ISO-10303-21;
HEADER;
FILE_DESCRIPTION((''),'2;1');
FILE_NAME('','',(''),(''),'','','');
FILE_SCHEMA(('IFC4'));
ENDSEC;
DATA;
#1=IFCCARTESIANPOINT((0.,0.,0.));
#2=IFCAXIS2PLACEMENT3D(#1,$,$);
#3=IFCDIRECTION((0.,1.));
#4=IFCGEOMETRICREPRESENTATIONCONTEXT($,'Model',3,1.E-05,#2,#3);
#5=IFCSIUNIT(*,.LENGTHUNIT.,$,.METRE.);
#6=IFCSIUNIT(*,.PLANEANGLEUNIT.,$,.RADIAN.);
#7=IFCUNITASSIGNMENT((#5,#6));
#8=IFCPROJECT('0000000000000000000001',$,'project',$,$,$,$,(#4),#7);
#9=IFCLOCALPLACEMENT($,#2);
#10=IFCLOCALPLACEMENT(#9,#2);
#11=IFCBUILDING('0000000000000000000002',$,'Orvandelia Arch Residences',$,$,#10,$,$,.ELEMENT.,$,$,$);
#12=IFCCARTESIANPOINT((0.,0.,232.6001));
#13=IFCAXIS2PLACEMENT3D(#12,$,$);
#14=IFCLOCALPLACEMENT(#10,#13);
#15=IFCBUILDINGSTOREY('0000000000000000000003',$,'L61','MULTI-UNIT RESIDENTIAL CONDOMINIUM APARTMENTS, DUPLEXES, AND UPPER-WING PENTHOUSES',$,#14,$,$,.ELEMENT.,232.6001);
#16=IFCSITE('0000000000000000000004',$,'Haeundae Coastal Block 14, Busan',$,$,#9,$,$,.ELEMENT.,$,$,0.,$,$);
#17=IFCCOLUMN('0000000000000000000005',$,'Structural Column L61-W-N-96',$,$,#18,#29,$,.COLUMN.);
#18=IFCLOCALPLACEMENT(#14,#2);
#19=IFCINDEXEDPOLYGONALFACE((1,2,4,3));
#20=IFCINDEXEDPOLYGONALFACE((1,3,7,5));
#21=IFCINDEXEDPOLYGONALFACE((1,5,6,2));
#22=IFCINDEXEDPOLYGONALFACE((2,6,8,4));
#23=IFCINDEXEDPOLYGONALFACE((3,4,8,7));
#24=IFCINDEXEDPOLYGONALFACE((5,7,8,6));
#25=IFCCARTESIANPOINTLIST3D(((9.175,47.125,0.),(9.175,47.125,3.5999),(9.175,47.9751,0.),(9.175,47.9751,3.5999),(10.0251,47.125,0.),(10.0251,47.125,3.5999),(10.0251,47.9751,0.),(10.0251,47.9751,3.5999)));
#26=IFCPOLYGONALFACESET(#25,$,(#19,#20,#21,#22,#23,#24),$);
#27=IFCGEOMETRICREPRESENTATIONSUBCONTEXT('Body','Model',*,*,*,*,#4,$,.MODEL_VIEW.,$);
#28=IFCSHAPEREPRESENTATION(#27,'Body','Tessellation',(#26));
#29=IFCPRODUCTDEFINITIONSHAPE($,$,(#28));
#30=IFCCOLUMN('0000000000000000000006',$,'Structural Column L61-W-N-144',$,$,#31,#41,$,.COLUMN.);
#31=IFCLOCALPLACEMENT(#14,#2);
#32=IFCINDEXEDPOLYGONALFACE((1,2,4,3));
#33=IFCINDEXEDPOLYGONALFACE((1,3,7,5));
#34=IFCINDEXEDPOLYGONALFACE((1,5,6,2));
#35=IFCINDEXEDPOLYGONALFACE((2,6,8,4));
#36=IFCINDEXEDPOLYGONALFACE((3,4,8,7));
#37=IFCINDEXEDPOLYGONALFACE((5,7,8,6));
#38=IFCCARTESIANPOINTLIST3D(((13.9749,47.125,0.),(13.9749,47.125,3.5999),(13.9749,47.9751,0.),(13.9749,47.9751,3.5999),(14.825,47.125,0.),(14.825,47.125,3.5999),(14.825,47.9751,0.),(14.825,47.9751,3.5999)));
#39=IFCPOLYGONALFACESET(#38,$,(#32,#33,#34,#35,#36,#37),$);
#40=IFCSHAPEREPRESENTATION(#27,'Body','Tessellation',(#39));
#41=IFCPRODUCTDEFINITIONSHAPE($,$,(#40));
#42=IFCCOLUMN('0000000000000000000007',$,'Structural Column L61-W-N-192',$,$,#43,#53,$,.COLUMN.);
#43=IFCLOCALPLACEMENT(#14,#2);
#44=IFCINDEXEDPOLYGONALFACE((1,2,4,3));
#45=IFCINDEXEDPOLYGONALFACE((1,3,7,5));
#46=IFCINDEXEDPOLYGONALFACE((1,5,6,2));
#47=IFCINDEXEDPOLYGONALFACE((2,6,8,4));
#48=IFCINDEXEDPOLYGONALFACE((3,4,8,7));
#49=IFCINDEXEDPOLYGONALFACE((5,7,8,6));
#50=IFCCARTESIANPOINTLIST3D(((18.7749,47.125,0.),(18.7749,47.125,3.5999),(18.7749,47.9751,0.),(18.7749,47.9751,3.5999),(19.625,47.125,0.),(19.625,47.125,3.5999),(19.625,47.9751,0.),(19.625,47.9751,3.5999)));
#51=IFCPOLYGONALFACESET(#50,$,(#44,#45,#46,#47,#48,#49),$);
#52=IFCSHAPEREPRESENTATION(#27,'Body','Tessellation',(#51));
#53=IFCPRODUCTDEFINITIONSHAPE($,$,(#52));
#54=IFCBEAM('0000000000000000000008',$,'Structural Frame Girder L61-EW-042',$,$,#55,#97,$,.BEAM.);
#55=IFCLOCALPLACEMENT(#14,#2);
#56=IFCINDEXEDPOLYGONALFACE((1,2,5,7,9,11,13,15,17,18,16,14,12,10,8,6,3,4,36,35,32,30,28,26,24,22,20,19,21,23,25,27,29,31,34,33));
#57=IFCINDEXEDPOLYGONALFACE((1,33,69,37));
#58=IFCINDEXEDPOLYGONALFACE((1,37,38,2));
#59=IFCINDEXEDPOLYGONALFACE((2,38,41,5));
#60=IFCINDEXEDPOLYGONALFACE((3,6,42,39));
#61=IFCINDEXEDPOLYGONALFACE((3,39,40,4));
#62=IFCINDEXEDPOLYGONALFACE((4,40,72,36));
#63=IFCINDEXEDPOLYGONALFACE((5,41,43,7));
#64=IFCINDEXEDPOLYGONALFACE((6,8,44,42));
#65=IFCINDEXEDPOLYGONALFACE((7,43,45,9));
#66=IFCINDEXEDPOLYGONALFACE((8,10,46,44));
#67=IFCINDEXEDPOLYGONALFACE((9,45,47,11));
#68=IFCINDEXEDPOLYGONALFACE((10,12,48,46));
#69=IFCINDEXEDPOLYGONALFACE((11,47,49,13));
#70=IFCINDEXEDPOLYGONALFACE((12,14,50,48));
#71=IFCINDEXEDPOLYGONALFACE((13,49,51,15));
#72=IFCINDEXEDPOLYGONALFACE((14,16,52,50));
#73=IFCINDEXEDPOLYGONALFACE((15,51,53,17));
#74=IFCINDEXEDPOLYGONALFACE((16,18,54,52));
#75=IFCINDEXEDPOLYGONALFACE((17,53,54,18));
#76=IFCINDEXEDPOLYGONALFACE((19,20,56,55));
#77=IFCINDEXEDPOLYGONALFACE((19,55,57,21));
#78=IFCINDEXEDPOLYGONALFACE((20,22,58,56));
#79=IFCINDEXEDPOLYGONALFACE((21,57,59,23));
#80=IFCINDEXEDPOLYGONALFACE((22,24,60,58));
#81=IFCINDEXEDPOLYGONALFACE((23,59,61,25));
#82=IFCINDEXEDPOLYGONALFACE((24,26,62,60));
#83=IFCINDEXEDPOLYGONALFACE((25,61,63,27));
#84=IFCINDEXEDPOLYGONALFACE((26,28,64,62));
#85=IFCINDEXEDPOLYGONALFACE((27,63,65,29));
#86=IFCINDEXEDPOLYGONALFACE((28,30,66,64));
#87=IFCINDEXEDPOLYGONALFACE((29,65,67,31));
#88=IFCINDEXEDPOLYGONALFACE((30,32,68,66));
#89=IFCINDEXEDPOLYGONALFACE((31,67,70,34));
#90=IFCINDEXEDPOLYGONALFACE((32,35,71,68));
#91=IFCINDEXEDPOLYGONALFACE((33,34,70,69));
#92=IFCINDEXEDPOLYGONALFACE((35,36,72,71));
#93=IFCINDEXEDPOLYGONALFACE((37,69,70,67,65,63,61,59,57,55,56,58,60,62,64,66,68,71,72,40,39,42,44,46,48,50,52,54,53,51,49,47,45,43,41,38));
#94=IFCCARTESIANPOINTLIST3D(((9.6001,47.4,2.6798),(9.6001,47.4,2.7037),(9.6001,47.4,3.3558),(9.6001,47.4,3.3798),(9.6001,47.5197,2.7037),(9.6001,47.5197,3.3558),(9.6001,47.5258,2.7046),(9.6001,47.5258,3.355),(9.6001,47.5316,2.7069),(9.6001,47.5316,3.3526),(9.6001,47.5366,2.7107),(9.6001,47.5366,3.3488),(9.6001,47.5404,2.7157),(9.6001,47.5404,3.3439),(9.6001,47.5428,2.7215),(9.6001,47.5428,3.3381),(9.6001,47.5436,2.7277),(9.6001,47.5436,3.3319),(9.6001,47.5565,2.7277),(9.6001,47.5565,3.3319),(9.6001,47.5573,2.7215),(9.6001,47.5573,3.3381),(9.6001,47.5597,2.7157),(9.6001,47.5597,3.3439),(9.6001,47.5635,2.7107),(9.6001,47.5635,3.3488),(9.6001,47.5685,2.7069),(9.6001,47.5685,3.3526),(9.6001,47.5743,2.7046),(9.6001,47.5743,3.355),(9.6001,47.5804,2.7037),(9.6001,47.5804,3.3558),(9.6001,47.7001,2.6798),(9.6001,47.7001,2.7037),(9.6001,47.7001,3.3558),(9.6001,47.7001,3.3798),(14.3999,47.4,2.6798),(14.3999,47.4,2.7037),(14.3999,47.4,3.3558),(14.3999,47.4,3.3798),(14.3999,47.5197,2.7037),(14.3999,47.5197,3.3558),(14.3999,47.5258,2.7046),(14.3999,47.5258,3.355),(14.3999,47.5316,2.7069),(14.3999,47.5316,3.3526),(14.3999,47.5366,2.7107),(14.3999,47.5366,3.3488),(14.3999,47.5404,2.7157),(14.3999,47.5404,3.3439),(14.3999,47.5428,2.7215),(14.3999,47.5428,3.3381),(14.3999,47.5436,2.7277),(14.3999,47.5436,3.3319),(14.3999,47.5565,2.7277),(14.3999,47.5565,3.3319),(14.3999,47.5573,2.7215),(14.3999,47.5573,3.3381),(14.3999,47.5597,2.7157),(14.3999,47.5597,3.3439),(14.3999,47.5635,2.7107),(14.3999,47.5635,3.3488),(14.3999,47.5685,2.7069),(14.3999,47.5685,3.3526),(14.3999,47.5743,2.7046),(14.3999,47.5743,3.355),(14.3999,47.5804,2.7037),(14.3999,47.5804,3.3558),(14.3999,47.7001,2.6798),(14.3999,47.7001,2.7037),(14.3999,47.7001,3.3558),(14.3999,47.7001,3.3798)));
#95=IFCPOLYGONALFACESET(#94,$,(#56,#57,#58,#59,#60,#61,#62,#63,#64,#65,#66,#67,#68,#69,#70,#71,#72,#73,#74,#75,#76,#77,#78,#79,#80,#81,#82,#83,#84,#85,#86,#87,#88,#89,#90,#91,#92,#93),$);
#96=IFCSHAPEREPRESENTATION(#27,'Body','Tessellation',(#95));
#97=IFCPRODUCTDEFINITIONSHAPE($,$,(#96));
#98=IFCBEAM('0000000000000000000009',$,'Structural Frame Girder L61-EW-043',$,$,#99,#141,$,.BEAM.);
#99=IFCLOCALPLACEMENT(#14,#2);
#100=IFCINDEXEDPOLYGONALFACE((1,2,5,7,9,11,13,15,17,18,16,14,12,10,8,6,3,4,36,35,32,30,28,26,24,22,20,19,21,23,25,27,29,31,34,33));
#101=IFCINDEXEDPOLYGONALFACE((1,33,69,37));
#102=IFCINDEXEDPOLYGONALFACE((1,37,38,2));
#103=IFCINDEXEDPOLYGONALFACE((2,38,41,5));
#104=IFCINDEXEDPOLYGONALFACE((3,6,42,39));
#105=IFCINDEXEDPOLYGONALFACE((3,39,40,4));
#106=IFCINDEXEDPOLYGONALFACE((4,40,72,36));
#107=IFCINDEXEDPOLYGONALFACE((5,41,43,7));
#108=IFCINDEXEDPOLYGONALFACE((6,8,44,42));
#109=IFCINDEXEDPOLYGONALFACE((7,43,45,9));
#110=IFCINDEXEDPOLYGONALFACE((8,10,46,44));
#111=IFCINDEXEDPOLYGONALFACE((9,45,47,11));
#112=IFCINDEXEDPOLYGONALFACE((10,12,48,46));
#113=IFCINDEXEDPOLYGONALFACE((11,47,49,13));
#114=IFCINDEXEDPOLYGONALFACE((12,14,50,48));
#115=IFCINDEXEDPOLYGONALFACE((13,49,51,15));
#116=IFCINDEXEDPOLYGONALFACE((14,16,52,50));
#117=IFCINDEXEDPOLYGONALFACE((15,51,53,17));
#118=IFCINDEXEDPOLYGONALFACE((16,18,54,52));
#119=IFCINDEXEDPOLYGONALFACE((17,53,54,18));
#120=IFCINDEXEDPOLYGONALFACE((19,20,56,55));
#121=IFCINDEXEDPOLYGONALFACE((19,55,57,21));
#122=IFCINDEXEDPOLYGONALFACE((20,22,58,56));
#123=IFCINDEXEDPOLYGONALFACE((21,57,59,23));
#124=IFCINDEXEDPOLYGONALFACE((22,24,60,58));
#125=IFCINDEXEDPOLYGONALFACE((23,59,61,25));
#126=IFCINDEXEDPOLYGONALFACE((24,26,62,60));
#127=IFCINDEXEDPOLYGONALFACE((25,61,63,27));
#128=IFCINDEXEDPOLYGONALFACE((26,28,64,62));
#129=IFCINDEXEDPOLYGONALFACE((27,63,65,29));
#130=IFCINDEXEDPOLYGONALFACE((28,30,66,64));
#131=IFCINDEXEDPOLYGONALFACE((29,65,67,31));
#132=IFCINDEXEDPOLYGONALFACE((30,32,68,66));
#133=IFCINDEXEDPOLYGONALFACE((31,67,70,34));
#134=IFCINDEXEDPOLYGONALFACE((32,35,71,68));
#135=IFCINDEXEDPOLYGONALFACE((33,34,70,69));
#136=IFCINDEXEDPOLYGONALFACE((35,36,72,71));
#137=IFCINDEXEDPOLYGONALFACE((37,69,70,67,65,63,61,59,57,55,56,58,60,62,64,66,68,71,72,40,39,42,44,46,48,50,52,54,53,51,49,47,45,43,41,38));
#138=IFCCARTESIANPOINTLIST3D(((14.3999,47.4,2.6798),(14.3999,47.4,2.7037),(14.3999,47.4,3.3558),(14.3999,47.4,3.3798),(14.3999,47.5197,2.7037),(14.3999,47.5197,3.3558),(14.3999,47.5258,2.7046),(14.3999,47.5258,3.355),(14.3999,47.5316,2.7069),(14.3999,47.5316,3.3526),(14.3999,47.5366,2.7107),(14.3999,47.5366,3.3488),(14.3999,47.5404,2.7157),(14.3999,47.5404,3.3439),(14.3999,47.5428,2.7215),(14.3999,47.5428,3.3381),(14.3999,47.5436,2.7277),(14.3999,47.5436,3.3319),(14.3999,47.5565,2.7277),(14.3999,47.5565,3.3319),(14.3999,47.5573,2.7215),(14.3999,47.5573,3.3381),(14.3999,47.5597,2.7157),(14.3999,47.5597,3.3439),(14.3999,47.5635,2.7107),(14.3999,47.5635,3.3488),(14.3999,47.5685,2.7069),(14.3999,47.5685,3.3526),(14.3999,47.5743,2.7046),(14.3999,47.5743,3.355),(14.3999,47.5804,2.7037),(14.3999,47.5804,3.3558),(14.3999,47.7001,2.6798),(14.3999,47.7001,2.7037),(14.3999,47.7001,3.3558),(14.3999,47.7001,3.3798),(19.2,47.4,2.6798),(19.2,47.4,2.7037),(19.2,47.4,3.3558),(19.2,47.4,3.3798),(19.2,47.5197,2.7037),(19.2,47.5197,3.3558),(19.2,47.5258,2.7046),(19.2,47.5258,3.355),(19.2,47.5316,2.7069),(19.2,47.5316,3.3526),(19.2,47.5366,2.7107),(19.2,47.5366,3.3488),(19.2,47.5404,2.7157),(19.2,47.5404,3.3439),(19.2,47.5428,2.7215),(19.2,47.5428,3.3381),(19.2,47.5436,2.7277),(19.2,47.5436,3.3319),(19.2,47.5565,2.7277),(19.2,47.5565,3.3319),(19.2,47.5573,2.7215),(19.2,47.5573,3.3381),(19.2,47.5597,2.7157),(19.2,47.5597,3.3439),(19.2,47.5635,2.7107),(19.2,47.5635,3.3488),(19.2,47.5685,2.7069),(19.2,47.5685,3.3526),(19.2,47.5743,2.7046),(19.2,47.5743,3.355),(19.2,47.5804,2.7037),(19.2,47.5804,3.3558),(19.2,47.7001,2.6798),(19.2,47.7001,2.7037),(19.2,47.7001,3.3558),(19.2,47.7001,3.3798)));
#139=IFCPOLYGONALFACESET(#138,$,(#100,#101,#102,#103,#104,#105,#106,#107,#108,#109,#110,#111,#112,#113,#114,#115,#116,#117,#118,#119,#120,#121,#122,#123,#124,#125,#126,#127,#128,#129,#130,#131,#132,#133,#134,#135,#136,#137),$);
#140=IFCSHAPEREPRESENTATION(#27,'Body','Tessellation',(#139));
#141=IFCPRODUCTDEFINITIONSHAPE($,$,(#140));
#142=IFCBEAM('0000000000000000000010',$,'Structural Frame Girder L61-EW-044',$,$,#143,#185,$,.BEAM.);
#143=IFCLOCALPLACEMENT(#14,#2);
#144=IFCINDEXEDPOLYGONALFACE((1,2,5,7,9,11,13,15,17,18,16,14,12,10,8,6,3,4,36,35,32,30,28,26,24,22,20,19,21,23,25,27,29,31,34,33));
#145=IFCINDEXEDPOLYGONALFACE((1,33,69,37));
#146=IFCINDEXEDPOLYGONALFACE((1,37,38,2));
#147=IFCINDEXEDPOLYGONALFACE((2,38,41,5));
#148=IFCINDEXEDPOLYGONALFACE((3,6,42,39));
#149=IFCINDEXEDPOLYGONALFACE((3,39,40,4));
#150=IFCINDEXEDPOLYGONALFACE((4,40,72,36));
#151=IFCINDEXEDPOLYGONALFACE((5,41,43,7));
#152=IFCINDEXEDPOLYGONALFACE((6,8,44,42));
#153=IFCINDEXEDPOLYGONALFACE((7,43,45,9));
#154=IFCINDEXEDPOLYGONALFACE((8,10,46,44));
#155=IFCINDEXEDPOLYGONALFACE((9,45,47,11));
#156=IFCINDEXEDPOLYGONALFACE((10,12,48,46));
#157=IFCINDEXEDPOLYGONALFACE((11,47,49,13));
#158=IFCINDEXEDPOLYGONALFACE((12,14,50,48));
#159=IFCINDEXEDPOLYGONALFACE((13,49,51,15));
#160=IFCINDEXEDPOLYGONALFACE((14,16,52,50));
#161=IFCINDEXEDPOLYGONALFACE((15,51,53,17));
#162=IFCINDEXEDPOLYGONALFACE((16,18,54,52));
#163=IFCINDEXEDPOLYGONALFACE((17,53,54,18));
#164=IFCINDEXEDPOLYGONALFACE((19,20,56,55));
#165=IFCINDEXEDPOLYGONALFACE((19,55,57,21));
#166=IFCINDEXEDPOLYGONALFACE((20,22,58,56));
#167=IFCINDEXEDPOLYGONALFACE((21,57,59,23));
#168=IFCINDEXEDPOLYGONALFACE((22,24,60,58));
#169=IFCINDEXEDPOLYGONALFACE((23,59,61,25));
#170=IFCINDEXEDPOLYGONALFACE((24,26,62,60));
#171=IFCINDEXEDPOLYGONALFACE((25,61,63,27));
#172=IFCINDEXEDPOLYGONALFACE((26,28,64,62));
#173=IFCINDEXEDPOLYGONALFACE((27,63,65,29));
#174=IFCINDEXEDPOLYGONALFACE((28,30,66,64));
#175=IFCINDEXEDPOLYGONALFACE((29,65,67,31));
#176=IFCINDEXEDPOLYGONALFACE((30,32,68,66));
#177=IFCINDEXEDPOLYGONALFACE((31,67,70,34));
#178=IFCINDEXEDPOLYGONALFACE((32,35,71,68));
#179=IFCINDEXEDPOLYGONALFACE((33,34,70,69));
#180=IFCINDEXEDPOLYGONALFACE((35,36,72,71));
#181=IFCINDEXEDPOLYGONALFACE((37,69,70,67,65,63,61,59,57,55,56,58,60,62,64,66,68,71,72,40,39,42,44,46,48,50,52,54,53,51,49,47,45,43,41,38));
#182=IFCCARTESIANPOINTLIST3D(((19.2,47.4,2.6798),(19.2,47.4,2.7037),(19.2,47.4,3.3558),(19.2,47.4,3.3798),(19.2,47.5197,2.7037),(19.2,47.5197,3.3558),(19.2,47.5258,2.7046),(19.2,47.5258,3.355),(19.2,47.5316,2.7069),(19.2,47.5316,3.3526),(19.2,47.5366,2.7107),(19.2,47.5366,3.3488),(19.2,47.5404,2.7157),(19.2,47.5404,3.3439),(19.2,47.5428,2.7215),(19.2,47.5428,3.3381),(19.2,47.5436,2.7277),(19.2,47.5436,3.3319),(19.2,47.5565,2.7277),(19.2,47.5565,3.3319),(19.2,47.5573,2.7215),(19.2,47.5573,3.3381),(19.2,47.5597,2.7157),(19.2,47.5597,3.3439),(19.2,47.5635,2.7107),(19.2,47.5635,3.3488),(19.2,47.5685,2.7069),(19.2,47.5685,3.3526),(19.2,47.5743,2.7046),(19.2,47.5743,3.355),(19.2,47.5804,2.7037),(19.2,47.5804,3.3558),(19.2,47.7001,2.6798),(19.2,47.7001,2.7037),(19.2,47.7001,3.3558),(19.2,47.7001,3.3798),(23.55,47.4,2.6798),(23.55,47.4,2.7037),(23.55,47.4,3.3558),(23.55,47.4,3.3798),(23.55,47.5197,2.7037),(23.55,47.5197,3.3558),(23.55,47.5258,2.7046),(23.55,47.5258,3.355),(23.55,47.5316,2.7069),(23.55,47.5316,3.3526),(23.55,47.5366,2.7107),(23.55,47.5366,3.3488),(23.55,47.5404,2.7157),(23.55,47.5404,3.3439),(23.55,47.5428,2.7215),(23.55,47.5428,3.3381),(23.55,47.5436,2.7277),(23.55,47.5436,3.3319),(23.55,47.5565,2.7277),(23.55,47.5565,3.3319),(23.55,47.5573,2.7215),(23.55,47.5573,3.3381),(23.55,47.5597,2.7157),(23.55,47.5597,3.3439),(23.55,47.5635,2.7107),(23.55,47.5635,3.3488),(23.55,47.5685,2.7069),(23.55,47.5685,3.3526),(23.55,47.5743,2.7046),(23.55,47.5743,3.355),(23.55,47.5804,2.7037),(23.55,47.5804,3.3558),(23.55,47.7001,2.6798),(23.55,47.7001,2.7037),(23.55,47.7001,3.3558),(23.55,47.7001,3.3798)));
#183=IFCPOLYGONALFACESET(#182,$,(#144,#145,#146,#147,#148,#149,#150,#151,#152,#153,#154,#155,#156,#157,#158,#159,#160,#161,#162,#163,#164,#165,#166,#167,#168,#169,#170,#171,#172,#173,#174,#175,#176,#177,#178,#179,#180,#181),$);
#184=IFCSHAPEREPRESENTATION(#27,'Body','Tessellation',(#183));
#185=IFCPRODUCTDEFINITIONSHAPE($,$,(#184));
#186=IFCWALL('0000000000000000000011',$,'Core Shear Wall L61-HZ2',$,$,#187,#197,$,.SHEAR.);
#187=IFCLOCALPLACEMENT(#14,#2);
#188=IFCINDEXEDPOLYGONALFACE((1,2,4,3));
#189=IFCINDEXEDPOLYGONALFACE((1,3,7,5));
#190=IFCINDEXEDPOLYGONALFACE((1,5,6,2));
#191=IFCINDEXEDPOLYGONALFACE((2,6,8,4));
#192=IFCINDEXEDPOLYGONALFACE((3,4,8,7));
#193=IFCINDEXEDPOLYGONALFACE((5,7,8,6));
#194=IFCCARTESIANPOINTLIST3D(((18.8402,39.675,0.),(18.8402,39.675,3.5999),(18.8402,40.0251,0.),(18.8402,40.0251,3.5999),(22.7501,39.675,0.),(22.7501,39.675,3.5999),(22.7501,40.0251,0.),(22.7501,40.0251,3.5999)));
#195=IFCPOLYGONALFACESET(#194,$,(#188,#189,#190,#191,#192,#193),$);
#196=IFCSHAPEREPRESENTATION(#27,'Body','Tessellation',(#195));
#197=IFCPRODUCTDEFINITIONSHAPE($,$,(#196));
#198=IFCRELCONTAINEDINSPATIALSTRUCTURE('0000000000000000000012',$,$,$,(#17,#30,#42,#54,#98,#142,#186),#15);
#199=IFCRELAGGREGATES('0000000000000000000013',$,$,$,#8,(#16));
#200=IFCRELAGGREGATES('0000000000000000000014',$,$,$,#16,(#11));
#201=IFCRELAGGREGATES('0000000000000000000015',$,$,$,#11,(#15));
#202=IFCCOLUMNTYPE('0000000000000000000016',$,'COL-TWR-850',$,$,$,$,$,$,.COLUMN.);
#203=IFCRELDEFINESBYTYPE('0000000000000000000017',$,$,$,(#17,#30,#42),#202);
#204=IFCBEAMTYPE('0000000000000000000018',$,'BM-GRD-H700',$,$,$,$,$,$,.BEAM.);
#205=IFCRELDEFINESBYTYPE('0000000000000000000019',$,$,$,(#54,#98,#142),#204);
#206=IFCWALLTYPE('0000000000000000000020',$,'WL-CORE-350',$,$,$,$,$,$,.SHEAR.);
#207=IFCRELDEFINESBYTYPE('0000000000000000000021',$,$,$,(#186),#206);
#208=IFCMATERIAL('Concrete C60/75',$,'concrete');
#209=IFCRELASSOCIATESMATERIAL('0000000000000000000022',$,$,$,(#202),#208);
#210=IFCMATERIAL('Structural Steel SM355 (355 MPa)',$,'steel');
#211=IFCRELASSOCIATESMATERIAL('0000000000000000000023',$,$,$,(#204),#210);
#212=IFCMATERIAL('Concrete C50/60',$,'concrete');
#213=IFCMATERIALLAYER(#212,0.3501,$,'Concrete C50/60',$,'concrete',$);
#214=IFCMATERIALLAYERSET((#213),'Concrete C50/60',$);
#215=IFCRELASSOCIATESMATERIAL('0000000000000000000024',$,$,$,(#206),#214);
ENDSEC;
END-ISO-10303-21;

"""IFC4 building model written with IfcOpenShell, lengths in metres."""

from ifc_helpers import new_model, si_unit, direction, frame, frame_2d, origin, origin_2d, place, context, subcontext, project, spatial, rectangle, i_section, extrude, material, layer, layer_set, material_profile, profile_set, type_object, element, save


model = new_model("IFC4")

# Units and contexts
model_context = context("Model", 3, precision=1e-05, world=origin(), true_north=direction((0.0, 1.0)))
body_context = subcontext(model_context, "Body", "Model", "MODEL_VIEW")
ifc_project = project(units=[si_unit("LENGTHUNIT", "METRE"), si_unit("PLANEANGLEUNIT", "RADIAN")], contexts=[model_context])

# Site, building, storey
site_placement = place(None, origin())
site = spatial("IfcSite", under=ifc_project, at=site_placement, Name="Haeundae Coastal Block 14, Busan", CompositionType="ELEMENT", RefElevation=0.0)
building_placement = place(site_placement, origin())
building = spatial("IfcBuilding", under=site, at=building_placement, Name="Orvandelia Arch Residences", CompositionType="ELEMENT")
storey_placement = place(building_placement, frame((0.0, 0.0, 232.6001)))
storey = spatial("IfcBuildingStorey", under=building, at=storey_placement, Name="L61", Description="MULTI-UNIT RESIDENTIAL CONDOMINIUM APARTMENTS, DUPLEXES, AND UPPER-WING PENTHOUSES", CompositionType="ELEMENT", Elevation=232.6001)

# Columns
ifc_material_1 = material(Name="Concrete C60/75", Category="concrete")
ifc_material_profile_1 = material_profile(ifc_material_1, rectangle(XDim=0.8501, YDim=0.8501, at=origin_2d()), Name="Concrete C60/75", Category="concrete")
ifc_profile_set_1 = profile_set([ifc_material_profile_1], Name="Concrete C60/75")
column_type = type_object("IfcColumnType", Name="COL-TWR-850", PredefinedType="COLUMN", material=ifc_profile_set_1)
for number, where, z_axis, x_axis, name in (
    (1, (9.6001, 47.55, 0.0), (0.0, 0.0, 1.0), (1.0, 0.0, 0.0), "Structural Column L61-W-N-96"),
    (2, (14.3999, 47.55, 0.0), (0.0, 0.0, 1.0), (1.0, 0.0, 0.0), "Structural Column L61-W-N-144"),
    (3, (19.2, 47.55, 0.0), (0.0, 0.0, 1.0), (1.0, 0.0, 0.0), "Structural Column L61-W-N-192"),
):
    element("IfcColumn", number, at=place(storey_placement, frame(where, z_axis=z_axis, x_axis=x_axis)), inside=storey, type_object=column_type, Name=name, PredefinedType="COLUMN", context=body_context, shape_type="SweptSolid", body=[
        extrude(rectangle(XDim=0.8501, YDim=0.8501, at=origin_2d()), origin(), (0.0, 0.0, 1.0), 3.5999),
    ])

# Beams
ifc_material_2 = material(Name="Structural Steel SM355 (355 MPa)", Category="steel")
ifc_material_profile_2 = material_profile(ifc_material_2, i_section(OverallWidth=0.3, OverallDepth=0.7, WebThickness=0.0129, FlangeThickness=0.0239, FilletRadius=0.0239, at=origin_2d()), Name="Structural Steel SM355 (355 MPa)", Category="steel")
ifc_profile_set_2 = profile_set([ifc_material_profile_2], Name="Structural Steel SM355 (355 MPa)")
beam_type = type_object("IfcBeamType", Name="BM-GRD-H700", PredefinedType="BEAM", material=ifc_profile_set_2)
beam_1_placement = place(storey_placement, frame((9.6001, 47.55, 3.0298), z_axis=(1.0, 0.0, 0.0), x_axis=(0.0, 1.0, 0.0)))
element("IfcBeam", 4, at=beam_1_placement, inside=storey, type_object=beam_type, Name="Structural Frame Girder L61-EW-042", PredefinedType="BEAM", context=body_context, shape_type="SweptSolid", body=[
    extrude(i_section(OverallWidth=0.3, OverallDepth=0.7, WebThickness=0.0129, FlangeThickness=0.0239, FilletRadius=0.0239, at=origin_2d()), origin(), (0.0, 0.0, 1.0), 4.7998),
])
beam_2_placement = place(storey_placement, frame((14.3999, 47.55, 3.0298), z_axis=(1.0, 0.0, 0.0), x_axis=(0.0, 1.0, 0.0)))
element("IfcBeam", 5, at=beam_2_placement, inside=storey, type_object=beam_type, Name="Structural Frame Girder L61-EW-043", PredefinedType="BEAM", context=body_context, shape_type="SweptSolid", body=[
    extrude(i_section(OverallWidth=0.3, OverallDepth=0.7, WebThickness=0.0129, FlangeThickness=0.0239, FilletRadius=0.0239, at=origin_2d()), origin(), (0.0, 0.0, 1.0), 4.8),
])
beam_3_placement = place(storey_placement, frame((19.2, 47.55, 3.0298), z_axis=(1.0, 0.0, 0.0), x_axis=(0.0, 1.0, 0.0)))
element("IfcBeam", 6, at=beam_3_placement, inside=storey, type_object=beam_type, Name="Structural Frame Girder L61-EW-044", PredefinedType="BEAM", context=body_context, shape_type="SweptSolid", body=[
    extrude(i_section(OverallWidth=0.3, OverallDepth=0.7, WebThickness=0.0129, FlangeThickness=0.0239, FilletRadius=0.0239, at=origin_2d()), origin(), (0.0, 0.0, 1.0), 4.3501),
])

# Wall
ifc_material_3 = material(Name="Concrete C50/60", Category="concrete")
ifc_layer_1 = layer(ifc_material_3, 0.3501, Name="Concrete C50/60", Category="concrete")
ifc_layer_set_1 = layer_set([ifc_layer_1], Name="Concrete C50/60")
wall_type_1 = type_object("IfcWallType", Name="WL-CORE-350", PredefinedType="SHEAR", material=ifc_layer_set_1)
wall_1_placement = place(storey_placement, frame((18.8401, 39.8501, 0.0), z_axis=(0.0, 0.0, 1.0), x_axis=(1.0, 0.0, 0.0)))
element("IfcWall", 7, at=wall_1_placement, inside=storey, type_object=wall_type_1, Name="Core Shear Wall L61-HZ2", PredefinedType="SHEAR", context=body_context, shape_type="SweptSolid", body=[
    extrude(rectangle(XDim=3.9099, YDim=0.3501, at=frame_2d((1.9551, 0.0))), origin(), (0.0, 0.0, 1.0), 3.5999),
])

save(model, "model.ifc")
